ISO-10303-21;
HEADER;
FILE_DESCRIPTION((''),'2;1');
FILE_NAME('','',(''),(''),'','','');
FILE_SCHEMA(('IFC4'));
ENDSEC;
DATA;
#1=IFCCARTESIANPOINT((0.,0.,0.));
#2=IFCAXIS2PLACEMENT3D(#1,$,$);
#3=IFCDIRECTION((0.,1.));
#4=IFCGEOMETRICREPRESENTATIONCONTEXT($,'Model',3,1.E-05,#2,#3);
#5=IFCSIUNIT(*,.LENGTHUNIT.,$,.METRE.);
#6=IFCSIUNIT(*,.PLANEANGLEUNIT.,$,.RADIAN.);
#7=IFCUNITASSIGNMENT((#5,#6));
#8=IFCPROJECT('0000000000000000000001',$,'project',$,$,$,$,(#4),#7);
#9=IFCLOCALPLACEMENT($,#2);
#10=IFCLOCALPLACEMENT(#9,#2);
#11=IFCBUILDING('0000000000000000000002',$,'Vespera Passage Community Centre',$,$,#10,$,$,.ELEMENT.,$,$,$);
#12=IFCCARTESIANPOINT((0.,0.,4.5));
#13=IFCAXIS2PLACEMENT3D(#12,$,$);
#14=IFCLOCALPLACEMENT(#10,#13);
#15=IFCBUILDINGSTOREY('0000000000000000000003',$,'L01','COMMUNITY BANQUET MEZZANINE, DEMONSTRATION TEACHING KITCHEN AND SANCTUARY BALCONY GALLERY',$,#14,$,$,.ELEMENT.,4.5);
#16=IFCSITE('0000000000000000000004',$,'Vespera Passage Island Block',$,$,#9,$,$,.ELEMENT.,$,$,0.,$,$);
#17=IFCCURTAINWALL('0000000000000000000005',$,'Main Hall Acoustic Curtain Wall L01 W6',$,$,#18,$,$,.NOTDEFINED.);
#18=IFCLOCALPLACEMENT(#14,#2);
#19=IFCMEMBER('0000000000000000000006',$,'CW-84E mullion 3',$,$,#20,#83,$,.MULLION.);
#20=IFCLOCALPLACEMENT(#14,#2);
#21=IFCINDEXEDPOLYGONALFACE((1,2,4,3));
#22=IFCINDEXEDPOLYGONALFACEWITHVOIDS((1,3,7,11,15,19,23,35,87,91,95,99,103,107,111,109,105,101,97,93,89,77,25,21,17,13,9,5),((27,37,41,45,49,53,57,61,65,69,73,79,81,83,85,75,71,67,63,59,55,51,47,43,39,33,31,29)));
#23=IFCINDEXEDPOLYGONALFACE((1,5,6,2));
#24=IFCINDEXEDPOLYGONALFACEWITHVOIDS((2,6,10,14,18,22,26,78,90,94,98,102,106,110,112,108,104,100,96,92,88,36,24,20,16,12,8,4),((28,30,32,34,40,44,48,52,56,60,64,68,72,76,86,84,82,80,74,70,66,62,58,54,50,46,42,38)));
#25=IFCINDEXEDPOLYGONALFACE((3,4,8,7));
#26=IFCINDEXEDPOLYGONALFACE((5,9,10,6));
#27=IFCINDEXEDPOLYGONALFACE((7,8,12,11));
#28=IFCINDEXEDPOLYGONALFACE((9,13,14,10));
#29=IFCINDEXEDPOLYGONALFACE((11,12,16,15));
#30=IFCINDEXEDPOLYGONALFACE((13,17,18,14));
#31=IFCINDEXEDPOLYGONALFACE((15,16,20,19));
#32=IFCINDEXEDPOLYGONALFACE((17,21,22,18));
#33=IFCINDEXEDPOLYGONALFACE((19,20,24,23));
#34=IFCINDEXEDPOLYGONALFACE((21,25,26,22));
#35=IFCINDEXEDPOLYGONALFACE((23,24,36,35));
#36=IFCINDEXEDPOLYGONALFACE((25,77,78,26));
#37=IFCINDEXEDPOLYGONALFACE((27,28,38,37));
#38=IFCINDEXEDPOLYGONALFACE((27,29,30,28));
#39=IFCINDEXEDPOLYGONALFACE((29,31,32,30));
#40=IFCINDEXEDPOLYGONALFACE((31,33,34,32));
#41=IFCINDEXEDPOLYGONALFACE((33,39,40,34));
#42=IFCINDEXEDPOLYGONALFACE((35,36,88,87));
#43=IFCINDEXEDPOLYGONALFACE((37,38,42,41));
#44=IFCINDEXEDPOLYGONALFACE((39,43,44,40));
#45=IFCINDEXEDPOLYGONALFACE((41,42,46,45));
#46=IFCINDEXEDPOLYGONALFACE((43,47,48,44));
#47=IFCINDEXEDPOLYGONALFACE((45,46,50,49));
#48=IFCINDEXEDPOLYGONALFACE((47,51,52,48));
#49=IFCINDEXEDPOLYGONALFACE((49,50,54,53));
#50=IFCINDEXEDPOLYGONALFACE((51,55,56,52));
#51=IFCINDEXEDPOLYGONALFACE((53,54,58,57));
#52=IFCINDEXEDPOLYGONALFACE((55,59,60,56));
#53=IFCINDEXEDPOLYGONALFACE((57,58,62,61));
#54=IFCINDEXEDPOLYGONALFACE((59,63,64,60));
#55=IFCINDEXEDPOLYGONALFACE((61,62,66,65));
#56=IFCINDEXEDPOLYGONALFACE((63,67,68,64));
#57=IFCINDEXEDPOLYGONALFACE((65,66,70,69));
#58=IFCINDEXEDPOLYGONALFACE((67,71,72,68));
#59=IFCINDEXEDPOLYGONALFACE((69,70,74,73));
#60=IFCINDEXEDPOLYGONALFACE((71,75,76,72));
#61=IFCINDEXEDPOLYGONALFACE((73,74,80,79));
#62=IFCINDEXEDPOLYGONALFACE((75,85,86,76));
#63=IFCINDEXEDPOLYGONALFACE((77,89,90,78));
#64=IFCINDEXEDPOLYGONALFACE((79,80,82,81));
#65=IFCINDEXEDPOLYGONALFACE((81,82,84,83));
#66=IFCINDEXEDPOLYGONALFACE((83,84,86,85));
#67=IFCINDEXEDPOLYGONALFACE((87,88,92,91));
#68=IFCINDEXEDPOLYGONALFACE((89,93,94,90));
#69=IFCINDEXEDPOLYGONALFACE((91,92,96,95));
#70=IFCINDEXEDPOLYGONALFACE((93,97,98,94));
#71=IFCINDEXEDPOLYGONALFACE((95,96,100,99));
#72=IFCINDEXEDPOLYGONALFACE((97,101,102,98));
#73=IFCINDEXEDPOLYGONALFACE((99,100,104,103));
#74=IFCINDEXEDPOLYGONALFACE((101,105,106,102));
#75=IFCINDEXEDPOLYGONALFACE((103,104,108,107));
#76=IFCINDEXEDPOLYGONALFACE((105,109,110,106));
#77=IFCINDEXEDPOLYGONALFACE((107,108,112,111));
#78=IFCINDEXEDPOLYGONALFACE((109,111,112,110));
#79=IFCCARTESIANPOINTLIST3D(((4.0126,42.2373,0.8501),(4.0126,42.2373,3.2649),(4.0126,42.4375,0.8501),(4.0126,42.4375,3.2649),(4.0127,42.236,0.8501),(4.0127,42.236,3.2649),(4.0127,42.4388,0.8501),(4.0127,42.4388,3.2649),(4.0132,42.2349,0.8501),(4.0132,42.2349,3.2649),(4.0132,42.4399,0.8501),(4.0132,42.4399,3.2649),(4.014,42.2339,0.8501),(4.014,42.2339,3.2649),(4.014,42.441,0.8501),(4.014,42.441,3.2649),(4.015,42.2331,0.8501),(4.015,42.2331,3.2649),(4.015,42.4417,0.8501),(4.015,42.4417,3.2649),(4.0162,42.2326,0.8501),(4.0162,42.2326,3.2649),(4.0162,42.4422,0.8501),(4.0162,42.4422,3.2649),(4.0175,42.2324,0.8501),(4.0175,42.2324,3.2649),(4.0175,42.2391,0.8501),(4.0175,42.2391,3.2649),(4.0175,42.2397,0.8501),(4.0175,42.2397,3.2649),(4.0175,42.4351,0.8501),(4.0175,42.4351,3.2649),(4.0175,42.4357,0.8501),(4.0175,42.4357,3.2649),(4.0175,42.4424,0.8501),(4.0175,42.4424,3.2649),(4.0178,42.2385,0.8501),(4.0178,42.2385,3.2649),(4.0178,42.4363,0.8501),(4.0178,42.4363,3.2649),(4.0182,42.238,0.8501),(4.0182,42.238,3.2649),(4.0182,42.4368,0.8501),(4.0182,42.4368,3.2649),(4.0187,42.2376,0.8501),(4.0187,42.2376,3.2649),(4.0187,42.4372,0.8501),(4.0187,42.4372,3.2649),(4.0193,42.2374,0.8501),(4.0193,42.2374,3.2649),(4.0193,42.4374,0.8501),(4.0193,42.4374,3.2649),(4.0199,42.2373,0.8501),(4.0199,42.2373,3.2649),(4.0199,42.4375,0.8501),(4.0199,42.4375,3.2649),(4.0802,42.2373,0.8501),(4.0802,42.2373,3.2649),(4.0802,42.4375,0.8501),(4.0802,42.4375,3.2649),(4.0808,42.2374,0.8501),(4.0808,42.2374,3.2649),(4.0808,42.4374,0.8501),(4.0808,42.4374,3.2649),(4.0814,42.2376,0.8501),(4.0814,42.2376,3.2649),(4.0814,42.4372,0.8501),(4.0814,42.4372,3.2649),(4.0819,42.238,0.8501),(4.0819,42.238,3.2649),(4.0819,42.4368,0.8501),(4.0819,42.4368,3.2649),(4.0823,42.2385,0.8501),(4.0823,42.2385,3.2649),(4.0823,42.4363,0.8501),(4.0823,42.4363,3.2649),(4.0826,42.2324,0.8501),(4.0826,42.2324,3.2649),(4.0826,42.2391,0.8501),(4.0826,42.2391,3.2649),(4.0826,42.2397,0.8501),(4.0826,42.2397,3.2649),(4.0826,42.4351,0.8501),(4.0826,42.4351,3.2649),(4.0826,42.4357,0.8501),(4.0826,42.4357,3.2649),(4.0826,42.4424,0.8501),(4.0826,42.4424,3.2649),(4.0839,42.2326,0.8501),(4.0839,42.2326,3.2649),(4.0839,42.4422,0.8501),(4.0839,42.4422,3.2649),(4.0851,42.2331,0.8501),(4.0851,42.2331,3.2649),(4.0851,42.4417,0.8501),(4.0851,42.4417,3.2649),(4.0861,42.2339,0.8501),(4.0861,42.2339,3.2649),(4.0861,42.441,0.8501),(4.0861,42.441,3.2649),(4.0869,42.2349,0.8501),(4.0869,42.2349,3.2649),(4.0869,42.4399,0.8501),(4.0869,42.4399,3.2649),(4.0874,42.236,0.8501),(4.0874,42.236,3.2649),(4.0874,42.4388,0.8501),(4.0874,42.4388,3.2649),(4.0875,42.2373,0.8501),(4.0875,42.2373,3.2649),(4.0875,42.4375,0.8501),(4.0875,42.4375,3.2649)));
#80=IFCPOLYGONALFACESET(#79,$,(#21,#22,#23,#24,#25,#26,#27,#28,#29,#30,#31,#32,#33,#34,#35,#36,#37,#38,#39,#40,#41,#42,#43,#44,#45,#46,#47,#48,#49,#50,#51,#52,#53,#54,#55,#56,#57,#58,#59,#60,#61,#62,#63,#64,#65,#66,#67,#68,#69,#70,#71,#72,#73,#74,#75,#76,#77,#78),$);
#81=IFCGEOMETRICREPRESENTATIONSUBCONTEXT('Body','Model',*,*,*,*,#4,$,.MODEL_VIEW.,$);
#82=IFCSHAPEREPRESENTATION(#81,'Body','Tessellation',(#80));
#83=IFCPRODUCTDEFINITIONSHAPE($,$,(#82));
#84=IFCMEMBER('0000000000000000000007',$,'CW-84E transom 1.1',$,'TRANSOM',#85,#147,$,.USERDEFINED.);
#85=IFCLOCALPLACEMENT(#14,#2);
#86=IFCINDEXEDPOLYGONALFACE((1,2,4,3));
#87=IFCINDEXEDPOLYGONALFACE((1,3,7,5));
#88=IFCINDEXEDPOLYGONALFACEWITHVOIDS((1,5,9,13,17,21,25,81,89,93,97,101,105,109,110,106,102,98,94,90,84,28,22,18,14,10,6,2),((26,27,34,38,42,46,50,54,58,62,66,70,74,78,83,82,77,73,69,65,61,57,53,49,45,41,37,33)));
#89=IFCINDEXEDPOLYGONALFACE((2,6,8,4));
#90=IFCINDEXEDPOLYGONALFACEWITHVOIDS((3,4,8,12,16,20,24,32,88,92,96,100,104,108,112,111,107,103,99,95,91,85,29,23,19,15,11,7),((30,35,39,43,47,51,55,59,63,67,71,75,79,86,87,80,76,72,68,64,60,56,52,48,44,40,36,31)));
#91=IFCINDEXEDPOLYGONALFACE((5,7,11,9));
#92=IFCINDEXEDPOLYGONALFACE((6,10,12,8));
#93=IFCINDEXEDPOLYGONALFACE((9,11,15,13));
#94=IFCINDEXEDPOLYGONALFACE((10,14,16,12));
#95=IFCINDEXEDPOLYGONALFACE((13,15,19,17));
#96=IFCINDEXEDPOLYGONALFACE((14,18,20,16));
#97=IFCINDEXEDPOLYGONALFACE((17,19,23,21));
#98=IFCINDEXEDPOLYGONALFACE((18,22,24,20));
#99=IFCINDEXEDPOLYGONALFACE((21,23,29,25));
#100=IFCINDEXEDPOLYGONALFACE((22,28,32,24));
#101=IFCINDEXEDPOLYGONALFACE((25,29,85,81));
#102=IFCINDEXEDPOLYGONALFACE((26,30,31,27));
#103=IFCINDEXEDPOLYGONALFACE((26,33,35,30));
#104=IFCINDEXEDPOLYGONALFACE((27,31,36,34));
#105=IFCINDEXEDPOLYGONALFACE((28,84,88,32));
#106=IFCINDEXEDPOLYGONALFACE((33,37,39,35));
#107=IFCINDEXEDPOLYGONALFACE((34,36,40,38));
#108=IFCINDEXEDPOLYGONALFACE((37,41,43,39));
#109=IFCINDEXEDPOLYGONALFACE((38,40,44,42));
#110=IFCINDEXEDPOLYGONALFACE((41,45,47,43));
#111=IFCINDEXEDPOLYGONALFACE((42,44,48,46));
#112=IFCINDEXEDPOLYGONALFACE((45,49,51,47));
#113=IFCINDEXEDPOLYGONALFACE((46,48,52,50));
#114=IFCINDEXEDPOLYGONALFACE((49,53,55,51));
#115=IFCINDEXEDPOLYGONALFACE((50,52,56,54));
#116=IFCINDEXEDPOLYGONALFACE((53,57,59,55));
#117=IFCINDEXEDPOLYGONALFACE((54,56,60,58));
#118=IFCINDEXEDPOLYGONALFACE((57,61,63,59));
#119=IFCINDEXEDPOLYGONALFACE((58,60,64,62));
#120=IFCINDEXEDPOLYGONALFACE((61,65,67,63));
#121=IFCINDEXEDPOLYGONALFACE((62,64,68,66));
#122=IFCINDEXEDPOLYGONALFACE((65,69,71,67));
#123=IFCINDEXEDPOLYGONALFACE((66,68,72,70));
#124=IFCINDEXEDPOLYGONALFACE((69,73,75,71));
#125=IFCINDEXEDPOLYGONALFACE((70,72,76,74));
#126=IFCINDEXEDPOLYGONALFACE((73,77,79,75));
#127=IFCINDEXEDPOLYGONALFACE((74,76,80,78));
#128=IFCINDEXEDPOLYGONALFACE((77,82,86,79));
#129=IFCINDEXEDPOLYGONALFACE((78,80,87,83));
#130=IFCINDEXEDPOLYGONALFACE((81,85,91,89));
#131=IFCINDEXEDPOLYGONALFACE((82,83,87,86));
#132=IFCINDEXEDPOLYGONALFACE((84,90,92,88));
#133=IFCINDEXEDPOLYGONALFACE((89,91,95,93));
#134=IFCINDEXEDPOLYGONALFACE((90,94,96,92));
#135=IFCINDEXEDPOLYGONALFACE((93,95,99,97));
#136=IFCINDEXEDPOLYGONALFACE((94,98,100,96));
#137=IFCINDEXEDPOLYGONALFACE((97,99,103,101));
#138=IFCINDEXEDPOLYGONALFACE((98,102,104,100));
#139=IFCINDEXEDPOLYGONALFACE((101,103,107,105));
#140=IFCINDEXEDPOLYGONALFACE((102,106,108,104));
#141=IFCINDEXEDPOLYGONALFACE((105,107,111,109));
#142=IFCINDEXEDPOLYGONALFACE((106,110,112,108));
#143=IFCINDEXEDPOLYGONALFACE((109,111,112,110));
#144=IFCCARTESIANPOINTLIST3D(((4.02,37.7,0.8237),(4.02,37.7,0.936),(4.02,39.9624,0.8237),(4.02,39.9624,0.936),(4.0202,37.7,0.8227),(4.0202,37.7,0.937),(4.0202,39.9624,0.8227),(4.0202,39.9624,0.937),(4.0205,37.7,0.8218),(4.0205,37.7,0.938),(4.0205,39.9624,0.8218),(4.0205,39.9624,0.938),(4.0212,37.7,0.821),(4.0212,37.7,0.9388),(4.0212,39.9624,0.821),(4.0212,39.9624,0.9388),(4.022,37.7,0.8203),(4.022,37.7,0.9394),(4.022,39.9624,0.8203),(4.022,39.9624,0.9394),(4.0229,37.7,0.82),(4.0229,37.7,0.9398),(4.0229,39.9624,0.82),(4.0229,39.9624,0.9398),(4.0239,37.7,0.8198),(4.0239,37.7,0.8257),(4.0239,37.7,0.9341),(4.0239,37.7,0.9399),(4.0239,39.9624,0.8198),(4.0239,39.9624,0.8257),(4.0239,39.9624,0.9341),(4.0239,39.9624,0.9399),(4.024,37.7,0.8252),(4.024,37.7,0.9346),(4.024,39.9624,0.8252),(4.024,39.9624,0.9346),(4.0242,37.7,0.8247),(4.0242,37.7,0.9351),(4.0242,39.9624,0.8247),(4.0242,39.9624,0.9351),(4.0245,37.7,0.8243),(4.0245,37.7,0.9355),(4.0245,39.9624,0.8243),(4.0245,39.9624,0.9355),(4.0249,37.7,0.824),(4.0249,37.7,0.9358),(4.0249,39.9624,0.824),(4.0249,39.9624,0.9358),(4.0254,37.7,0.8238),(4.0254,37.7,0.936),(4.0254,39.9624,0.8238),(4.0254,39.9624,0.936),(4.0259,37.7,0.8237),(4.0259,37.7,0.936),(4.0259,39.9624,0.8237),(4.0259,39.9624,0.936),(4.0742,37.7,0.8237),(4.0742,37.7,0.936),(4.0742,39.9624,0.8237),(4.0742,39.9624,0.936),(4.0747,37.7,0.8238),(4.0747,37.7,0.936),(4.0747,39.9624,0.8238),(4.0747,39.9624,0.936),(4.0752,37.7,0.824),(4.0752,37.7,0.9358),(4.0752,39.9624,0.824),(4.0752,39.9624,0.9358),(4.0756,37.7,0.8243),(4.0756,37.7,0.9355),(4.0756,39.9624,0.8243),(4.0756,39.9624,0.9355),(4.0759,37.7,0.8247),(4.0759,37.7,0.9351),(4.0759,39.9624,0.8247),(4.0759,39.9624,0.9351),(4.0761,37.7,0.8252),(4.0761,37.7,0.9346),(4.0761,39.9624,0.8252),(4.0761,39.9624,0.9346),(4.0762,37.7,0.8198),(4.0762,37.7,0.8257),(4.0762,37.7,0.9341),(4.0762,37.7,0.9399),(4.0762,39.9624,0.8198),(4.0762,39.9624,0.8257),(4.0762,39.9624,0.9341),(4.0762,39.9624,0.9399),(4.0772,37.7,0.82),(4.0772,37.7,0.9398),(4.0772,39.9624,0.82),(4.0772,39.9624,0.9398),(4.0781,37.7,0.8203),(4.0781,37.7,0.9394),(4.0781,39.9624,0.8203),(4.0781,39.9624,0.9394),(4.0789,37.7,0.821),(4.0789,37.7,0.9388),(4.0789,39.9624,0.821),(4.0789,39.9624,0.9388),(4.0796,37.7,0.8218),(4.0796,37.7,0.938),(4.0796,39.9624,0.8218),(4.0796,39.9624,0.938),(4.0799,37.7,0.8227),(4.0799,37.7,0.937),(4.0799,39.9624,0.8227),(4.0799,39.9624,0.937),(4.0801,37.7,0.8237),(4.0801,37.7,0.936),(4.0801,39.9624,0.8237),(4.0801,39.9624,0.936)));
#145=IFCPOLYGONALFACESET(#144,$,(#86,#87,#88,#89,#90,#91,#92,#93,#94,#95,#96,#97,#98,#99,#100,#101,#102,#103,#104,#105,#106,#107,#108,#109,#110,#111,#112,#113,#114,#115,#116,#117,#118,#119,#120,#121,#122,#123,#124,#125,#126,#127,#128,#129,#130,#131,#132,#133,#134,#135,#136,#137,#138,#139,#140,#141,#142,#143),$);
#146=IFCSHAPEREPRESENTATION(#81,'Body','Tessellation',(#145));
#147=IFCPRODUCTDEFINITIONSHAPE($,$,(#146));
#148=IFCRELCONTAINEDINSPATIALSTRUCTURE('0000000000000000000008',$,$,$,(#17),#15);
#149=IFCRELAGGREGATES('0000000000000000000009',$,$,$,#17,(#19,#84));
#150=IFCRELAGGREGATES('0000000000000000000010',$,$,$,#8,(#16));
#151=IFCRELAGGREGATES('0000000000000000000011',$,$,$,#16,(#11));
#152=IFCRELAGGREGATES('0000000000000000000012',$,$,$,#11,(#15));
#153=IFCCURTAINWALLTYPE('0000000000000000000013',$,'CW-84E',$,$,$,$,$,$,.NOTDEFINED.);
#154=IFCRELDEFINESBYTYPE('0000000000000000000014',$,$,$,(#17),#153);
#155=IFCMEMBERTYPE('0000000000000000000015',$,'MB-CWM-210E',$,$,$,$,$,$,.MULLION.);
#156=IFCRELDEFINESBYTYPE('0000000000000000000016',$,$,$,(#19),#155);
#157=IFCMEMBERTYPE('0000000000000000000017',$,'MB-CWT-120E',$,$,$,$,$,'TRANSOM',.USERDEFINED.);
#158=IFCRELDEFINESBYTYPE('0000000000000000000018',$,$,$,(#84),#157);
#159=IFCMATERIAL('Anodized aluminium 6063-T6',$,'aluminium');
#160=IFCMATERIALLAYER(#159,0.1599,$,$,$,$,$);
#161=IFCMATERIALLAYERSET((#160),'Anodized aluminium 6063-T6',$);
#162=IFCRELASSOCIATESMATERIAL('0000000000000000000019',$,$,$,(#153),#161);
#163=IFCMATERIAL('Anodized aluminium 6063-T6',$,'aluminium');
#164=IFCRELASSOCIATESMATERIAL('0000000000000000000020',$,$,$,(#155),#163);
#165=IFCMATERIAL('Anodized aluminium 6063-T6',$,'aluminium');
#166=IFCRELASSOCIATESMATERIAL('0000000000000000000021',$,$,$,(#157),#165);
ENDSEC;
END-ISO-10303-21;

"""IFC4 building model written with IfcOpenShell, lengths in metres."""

from ifc_helpers import new_model, si_unit, direction, frame, origin, origin_2d, place, context, subcontext, project, spatial, hollow_rectangle, extrude, material, layer, layer_set, material_profile, profile_set, type_object, element, aggregate, save


model = new_model("IFC4")

# Units and contexts
model_context = context("Model", 3, precision=1e-05, world=origin(), true_north=direction((0.0, 1.0)))
body_context = subcontext(model_context, "Body", "Model", "MODEL_VIEW")
ifc_project = project(units=[si_unit("LENGTHUNIT", "METRE"), si_unit("PLANEANGLEUNIT", "RADIAN")], contexts=[model_context])

# Site, building, storey
site_placement = place(None, origin())
site = spatial("IfcSite", under=ifc_project, at=site_placement, Name="Vespera Passage Island Block", CompositionType="ELEMENT", RefElevation=0.0)
building_placement = place(site_placement, origin())
building = spatial("IfcBuilding", under=site, at=building_placement, Name="Vespera Passage Community Centre", CompositionType="ELEMENT")
storey_placement = place(building_placement, frame((0.0, 0.0, 4.5)))
storey = spatial("IfcBuildingStorey", under=building, at=storey_placement, Name="L01", Description="COMMUNITY BANQUET MEZZANINE, DEMONSTRATION TEACHING KITCHEN AND SANCTUARY BALCONY GALLERY", CompositionType="ELEMENT", Elevation=4.5)

# Shared definitions
ifc_material_1 = material(Name="Anodized aluminium 6063-T6", Category="aluminium")
ifc_layer_1 = layer(ifc_material_1, 0.1599)
ifc_layer_set_1 = layer_set([ifc_layer_1], Name="Anodized aluminium 6063-T6")
curtain_wall_type = type_object("IfcCurtainWallType", Name="CW-84E", PredefinedType="NOTDEFINED", material=ifc_layer_set_1)
ifc_material_2 = material(Name="Anodized aluminium 6063-T6", Category="aluminium")
ifc_material_profile_1 = material_profile(ifc_material_2, hollow_rectangle(XDim=0.075, YDim=0.21, WallThickness=0.0049, InnerFilletRadius=0.0024, OuterFilletRadius=0.0049, at=origin_2d()), Name="ALU210X75X5")
ifc_profile_set_1 = profile_set([ifc_material_profile_1], Name="Anodized aluminium 6063-T6")
member_type_1 = type_object("IfcMemberType", Name="MB-CWM-210E", PredefinedType="MULLION", material=ifc_profile_set_1)

# Curtain wall, members
curtain_wall_1_placement = place(storey_placement, origin())
curtain_wall_1 = element("IfcCurtainWall", 1, at=curtain_wall_1_placement, inside=storey, type_object=curtain_wall_type, Name="Main Hall Acoustic Curtain Wall L01 W6", PredefinedType="NOTDEFINED")
member_1_placement = place(storey_placement, frame((4.05, 42.3374, 0.8501), z_axis=(0.0, 0.0, 1.0), x_axis=(-1.0, 0.0, 0.0)))
member_1 = element("IfcMember", 2, at=member_1_placement, type_object=member_type_1, Name="CW-84E mullion 3", PredefinedType="MULLION", context=body_context, shape_type="SweptSolid", body=[
    extrude(hollow_rectangle(XDim=0.075, YDim=0.21, WallThickness=0.0049, InnerFilletRadius=0.0024, OuterFilletRadius=0.0049, at=origin_2d()), origin(), (0.0, 0.0, 1.0), 2.4148),
])
ifc_material_3 = material(Name="Anodized aluminium 6063-T6", Category="aluminium")
ifc_material_profile_2 = material_profile(ifc_material_3, hollow_rectangle(XDim=0.0601, YDim=0.1201, WallThickness=0.0039, InnerFilletRadius=0.002, OuterFilletRadius=0.0039, at=origin_2d()), Name="ALU120X60X4")
ifc_profile_set_2 = profile_set([ifc_material_profile_2], Name="Anodized aluminium 6063-T6")
member_type_2 = type_object("IfcMemberType", Name="MB-CWT-120E", ElementType="TRANSOM", PredefinedType="USERDEFINED", material=ifc_profile_set_2)
member_2_placement = place(storey_placement, frame((4.05, 37.7, 0.8799), z_axis=(0.0, 1.0, 0.0), x_axis=(-1.0, 0.0, 0.0)))
member_2 = element("IfcMember", 3, at=member_2_placement, type_object=member_type_2, Name="CW-84E transom 1.1", ObjectType="TRANSOM", PredefinedType="USERDEFINED", context=body_context, shape_type="SweptSolid", body=[
    extrude(hollow_rectangle(XDim=0.0601, YDim=0.1201, WallThickness=0.0039, InnerFilletRadius=0.002, OuterFilletRadius=0.0039, at=origin_2d()), origin(), (0.0, 0.0, 1.0), 2.2625),
])

aggregate(curtain_wall_1, [member_1, member_2])

save(model, "model.ifc")
